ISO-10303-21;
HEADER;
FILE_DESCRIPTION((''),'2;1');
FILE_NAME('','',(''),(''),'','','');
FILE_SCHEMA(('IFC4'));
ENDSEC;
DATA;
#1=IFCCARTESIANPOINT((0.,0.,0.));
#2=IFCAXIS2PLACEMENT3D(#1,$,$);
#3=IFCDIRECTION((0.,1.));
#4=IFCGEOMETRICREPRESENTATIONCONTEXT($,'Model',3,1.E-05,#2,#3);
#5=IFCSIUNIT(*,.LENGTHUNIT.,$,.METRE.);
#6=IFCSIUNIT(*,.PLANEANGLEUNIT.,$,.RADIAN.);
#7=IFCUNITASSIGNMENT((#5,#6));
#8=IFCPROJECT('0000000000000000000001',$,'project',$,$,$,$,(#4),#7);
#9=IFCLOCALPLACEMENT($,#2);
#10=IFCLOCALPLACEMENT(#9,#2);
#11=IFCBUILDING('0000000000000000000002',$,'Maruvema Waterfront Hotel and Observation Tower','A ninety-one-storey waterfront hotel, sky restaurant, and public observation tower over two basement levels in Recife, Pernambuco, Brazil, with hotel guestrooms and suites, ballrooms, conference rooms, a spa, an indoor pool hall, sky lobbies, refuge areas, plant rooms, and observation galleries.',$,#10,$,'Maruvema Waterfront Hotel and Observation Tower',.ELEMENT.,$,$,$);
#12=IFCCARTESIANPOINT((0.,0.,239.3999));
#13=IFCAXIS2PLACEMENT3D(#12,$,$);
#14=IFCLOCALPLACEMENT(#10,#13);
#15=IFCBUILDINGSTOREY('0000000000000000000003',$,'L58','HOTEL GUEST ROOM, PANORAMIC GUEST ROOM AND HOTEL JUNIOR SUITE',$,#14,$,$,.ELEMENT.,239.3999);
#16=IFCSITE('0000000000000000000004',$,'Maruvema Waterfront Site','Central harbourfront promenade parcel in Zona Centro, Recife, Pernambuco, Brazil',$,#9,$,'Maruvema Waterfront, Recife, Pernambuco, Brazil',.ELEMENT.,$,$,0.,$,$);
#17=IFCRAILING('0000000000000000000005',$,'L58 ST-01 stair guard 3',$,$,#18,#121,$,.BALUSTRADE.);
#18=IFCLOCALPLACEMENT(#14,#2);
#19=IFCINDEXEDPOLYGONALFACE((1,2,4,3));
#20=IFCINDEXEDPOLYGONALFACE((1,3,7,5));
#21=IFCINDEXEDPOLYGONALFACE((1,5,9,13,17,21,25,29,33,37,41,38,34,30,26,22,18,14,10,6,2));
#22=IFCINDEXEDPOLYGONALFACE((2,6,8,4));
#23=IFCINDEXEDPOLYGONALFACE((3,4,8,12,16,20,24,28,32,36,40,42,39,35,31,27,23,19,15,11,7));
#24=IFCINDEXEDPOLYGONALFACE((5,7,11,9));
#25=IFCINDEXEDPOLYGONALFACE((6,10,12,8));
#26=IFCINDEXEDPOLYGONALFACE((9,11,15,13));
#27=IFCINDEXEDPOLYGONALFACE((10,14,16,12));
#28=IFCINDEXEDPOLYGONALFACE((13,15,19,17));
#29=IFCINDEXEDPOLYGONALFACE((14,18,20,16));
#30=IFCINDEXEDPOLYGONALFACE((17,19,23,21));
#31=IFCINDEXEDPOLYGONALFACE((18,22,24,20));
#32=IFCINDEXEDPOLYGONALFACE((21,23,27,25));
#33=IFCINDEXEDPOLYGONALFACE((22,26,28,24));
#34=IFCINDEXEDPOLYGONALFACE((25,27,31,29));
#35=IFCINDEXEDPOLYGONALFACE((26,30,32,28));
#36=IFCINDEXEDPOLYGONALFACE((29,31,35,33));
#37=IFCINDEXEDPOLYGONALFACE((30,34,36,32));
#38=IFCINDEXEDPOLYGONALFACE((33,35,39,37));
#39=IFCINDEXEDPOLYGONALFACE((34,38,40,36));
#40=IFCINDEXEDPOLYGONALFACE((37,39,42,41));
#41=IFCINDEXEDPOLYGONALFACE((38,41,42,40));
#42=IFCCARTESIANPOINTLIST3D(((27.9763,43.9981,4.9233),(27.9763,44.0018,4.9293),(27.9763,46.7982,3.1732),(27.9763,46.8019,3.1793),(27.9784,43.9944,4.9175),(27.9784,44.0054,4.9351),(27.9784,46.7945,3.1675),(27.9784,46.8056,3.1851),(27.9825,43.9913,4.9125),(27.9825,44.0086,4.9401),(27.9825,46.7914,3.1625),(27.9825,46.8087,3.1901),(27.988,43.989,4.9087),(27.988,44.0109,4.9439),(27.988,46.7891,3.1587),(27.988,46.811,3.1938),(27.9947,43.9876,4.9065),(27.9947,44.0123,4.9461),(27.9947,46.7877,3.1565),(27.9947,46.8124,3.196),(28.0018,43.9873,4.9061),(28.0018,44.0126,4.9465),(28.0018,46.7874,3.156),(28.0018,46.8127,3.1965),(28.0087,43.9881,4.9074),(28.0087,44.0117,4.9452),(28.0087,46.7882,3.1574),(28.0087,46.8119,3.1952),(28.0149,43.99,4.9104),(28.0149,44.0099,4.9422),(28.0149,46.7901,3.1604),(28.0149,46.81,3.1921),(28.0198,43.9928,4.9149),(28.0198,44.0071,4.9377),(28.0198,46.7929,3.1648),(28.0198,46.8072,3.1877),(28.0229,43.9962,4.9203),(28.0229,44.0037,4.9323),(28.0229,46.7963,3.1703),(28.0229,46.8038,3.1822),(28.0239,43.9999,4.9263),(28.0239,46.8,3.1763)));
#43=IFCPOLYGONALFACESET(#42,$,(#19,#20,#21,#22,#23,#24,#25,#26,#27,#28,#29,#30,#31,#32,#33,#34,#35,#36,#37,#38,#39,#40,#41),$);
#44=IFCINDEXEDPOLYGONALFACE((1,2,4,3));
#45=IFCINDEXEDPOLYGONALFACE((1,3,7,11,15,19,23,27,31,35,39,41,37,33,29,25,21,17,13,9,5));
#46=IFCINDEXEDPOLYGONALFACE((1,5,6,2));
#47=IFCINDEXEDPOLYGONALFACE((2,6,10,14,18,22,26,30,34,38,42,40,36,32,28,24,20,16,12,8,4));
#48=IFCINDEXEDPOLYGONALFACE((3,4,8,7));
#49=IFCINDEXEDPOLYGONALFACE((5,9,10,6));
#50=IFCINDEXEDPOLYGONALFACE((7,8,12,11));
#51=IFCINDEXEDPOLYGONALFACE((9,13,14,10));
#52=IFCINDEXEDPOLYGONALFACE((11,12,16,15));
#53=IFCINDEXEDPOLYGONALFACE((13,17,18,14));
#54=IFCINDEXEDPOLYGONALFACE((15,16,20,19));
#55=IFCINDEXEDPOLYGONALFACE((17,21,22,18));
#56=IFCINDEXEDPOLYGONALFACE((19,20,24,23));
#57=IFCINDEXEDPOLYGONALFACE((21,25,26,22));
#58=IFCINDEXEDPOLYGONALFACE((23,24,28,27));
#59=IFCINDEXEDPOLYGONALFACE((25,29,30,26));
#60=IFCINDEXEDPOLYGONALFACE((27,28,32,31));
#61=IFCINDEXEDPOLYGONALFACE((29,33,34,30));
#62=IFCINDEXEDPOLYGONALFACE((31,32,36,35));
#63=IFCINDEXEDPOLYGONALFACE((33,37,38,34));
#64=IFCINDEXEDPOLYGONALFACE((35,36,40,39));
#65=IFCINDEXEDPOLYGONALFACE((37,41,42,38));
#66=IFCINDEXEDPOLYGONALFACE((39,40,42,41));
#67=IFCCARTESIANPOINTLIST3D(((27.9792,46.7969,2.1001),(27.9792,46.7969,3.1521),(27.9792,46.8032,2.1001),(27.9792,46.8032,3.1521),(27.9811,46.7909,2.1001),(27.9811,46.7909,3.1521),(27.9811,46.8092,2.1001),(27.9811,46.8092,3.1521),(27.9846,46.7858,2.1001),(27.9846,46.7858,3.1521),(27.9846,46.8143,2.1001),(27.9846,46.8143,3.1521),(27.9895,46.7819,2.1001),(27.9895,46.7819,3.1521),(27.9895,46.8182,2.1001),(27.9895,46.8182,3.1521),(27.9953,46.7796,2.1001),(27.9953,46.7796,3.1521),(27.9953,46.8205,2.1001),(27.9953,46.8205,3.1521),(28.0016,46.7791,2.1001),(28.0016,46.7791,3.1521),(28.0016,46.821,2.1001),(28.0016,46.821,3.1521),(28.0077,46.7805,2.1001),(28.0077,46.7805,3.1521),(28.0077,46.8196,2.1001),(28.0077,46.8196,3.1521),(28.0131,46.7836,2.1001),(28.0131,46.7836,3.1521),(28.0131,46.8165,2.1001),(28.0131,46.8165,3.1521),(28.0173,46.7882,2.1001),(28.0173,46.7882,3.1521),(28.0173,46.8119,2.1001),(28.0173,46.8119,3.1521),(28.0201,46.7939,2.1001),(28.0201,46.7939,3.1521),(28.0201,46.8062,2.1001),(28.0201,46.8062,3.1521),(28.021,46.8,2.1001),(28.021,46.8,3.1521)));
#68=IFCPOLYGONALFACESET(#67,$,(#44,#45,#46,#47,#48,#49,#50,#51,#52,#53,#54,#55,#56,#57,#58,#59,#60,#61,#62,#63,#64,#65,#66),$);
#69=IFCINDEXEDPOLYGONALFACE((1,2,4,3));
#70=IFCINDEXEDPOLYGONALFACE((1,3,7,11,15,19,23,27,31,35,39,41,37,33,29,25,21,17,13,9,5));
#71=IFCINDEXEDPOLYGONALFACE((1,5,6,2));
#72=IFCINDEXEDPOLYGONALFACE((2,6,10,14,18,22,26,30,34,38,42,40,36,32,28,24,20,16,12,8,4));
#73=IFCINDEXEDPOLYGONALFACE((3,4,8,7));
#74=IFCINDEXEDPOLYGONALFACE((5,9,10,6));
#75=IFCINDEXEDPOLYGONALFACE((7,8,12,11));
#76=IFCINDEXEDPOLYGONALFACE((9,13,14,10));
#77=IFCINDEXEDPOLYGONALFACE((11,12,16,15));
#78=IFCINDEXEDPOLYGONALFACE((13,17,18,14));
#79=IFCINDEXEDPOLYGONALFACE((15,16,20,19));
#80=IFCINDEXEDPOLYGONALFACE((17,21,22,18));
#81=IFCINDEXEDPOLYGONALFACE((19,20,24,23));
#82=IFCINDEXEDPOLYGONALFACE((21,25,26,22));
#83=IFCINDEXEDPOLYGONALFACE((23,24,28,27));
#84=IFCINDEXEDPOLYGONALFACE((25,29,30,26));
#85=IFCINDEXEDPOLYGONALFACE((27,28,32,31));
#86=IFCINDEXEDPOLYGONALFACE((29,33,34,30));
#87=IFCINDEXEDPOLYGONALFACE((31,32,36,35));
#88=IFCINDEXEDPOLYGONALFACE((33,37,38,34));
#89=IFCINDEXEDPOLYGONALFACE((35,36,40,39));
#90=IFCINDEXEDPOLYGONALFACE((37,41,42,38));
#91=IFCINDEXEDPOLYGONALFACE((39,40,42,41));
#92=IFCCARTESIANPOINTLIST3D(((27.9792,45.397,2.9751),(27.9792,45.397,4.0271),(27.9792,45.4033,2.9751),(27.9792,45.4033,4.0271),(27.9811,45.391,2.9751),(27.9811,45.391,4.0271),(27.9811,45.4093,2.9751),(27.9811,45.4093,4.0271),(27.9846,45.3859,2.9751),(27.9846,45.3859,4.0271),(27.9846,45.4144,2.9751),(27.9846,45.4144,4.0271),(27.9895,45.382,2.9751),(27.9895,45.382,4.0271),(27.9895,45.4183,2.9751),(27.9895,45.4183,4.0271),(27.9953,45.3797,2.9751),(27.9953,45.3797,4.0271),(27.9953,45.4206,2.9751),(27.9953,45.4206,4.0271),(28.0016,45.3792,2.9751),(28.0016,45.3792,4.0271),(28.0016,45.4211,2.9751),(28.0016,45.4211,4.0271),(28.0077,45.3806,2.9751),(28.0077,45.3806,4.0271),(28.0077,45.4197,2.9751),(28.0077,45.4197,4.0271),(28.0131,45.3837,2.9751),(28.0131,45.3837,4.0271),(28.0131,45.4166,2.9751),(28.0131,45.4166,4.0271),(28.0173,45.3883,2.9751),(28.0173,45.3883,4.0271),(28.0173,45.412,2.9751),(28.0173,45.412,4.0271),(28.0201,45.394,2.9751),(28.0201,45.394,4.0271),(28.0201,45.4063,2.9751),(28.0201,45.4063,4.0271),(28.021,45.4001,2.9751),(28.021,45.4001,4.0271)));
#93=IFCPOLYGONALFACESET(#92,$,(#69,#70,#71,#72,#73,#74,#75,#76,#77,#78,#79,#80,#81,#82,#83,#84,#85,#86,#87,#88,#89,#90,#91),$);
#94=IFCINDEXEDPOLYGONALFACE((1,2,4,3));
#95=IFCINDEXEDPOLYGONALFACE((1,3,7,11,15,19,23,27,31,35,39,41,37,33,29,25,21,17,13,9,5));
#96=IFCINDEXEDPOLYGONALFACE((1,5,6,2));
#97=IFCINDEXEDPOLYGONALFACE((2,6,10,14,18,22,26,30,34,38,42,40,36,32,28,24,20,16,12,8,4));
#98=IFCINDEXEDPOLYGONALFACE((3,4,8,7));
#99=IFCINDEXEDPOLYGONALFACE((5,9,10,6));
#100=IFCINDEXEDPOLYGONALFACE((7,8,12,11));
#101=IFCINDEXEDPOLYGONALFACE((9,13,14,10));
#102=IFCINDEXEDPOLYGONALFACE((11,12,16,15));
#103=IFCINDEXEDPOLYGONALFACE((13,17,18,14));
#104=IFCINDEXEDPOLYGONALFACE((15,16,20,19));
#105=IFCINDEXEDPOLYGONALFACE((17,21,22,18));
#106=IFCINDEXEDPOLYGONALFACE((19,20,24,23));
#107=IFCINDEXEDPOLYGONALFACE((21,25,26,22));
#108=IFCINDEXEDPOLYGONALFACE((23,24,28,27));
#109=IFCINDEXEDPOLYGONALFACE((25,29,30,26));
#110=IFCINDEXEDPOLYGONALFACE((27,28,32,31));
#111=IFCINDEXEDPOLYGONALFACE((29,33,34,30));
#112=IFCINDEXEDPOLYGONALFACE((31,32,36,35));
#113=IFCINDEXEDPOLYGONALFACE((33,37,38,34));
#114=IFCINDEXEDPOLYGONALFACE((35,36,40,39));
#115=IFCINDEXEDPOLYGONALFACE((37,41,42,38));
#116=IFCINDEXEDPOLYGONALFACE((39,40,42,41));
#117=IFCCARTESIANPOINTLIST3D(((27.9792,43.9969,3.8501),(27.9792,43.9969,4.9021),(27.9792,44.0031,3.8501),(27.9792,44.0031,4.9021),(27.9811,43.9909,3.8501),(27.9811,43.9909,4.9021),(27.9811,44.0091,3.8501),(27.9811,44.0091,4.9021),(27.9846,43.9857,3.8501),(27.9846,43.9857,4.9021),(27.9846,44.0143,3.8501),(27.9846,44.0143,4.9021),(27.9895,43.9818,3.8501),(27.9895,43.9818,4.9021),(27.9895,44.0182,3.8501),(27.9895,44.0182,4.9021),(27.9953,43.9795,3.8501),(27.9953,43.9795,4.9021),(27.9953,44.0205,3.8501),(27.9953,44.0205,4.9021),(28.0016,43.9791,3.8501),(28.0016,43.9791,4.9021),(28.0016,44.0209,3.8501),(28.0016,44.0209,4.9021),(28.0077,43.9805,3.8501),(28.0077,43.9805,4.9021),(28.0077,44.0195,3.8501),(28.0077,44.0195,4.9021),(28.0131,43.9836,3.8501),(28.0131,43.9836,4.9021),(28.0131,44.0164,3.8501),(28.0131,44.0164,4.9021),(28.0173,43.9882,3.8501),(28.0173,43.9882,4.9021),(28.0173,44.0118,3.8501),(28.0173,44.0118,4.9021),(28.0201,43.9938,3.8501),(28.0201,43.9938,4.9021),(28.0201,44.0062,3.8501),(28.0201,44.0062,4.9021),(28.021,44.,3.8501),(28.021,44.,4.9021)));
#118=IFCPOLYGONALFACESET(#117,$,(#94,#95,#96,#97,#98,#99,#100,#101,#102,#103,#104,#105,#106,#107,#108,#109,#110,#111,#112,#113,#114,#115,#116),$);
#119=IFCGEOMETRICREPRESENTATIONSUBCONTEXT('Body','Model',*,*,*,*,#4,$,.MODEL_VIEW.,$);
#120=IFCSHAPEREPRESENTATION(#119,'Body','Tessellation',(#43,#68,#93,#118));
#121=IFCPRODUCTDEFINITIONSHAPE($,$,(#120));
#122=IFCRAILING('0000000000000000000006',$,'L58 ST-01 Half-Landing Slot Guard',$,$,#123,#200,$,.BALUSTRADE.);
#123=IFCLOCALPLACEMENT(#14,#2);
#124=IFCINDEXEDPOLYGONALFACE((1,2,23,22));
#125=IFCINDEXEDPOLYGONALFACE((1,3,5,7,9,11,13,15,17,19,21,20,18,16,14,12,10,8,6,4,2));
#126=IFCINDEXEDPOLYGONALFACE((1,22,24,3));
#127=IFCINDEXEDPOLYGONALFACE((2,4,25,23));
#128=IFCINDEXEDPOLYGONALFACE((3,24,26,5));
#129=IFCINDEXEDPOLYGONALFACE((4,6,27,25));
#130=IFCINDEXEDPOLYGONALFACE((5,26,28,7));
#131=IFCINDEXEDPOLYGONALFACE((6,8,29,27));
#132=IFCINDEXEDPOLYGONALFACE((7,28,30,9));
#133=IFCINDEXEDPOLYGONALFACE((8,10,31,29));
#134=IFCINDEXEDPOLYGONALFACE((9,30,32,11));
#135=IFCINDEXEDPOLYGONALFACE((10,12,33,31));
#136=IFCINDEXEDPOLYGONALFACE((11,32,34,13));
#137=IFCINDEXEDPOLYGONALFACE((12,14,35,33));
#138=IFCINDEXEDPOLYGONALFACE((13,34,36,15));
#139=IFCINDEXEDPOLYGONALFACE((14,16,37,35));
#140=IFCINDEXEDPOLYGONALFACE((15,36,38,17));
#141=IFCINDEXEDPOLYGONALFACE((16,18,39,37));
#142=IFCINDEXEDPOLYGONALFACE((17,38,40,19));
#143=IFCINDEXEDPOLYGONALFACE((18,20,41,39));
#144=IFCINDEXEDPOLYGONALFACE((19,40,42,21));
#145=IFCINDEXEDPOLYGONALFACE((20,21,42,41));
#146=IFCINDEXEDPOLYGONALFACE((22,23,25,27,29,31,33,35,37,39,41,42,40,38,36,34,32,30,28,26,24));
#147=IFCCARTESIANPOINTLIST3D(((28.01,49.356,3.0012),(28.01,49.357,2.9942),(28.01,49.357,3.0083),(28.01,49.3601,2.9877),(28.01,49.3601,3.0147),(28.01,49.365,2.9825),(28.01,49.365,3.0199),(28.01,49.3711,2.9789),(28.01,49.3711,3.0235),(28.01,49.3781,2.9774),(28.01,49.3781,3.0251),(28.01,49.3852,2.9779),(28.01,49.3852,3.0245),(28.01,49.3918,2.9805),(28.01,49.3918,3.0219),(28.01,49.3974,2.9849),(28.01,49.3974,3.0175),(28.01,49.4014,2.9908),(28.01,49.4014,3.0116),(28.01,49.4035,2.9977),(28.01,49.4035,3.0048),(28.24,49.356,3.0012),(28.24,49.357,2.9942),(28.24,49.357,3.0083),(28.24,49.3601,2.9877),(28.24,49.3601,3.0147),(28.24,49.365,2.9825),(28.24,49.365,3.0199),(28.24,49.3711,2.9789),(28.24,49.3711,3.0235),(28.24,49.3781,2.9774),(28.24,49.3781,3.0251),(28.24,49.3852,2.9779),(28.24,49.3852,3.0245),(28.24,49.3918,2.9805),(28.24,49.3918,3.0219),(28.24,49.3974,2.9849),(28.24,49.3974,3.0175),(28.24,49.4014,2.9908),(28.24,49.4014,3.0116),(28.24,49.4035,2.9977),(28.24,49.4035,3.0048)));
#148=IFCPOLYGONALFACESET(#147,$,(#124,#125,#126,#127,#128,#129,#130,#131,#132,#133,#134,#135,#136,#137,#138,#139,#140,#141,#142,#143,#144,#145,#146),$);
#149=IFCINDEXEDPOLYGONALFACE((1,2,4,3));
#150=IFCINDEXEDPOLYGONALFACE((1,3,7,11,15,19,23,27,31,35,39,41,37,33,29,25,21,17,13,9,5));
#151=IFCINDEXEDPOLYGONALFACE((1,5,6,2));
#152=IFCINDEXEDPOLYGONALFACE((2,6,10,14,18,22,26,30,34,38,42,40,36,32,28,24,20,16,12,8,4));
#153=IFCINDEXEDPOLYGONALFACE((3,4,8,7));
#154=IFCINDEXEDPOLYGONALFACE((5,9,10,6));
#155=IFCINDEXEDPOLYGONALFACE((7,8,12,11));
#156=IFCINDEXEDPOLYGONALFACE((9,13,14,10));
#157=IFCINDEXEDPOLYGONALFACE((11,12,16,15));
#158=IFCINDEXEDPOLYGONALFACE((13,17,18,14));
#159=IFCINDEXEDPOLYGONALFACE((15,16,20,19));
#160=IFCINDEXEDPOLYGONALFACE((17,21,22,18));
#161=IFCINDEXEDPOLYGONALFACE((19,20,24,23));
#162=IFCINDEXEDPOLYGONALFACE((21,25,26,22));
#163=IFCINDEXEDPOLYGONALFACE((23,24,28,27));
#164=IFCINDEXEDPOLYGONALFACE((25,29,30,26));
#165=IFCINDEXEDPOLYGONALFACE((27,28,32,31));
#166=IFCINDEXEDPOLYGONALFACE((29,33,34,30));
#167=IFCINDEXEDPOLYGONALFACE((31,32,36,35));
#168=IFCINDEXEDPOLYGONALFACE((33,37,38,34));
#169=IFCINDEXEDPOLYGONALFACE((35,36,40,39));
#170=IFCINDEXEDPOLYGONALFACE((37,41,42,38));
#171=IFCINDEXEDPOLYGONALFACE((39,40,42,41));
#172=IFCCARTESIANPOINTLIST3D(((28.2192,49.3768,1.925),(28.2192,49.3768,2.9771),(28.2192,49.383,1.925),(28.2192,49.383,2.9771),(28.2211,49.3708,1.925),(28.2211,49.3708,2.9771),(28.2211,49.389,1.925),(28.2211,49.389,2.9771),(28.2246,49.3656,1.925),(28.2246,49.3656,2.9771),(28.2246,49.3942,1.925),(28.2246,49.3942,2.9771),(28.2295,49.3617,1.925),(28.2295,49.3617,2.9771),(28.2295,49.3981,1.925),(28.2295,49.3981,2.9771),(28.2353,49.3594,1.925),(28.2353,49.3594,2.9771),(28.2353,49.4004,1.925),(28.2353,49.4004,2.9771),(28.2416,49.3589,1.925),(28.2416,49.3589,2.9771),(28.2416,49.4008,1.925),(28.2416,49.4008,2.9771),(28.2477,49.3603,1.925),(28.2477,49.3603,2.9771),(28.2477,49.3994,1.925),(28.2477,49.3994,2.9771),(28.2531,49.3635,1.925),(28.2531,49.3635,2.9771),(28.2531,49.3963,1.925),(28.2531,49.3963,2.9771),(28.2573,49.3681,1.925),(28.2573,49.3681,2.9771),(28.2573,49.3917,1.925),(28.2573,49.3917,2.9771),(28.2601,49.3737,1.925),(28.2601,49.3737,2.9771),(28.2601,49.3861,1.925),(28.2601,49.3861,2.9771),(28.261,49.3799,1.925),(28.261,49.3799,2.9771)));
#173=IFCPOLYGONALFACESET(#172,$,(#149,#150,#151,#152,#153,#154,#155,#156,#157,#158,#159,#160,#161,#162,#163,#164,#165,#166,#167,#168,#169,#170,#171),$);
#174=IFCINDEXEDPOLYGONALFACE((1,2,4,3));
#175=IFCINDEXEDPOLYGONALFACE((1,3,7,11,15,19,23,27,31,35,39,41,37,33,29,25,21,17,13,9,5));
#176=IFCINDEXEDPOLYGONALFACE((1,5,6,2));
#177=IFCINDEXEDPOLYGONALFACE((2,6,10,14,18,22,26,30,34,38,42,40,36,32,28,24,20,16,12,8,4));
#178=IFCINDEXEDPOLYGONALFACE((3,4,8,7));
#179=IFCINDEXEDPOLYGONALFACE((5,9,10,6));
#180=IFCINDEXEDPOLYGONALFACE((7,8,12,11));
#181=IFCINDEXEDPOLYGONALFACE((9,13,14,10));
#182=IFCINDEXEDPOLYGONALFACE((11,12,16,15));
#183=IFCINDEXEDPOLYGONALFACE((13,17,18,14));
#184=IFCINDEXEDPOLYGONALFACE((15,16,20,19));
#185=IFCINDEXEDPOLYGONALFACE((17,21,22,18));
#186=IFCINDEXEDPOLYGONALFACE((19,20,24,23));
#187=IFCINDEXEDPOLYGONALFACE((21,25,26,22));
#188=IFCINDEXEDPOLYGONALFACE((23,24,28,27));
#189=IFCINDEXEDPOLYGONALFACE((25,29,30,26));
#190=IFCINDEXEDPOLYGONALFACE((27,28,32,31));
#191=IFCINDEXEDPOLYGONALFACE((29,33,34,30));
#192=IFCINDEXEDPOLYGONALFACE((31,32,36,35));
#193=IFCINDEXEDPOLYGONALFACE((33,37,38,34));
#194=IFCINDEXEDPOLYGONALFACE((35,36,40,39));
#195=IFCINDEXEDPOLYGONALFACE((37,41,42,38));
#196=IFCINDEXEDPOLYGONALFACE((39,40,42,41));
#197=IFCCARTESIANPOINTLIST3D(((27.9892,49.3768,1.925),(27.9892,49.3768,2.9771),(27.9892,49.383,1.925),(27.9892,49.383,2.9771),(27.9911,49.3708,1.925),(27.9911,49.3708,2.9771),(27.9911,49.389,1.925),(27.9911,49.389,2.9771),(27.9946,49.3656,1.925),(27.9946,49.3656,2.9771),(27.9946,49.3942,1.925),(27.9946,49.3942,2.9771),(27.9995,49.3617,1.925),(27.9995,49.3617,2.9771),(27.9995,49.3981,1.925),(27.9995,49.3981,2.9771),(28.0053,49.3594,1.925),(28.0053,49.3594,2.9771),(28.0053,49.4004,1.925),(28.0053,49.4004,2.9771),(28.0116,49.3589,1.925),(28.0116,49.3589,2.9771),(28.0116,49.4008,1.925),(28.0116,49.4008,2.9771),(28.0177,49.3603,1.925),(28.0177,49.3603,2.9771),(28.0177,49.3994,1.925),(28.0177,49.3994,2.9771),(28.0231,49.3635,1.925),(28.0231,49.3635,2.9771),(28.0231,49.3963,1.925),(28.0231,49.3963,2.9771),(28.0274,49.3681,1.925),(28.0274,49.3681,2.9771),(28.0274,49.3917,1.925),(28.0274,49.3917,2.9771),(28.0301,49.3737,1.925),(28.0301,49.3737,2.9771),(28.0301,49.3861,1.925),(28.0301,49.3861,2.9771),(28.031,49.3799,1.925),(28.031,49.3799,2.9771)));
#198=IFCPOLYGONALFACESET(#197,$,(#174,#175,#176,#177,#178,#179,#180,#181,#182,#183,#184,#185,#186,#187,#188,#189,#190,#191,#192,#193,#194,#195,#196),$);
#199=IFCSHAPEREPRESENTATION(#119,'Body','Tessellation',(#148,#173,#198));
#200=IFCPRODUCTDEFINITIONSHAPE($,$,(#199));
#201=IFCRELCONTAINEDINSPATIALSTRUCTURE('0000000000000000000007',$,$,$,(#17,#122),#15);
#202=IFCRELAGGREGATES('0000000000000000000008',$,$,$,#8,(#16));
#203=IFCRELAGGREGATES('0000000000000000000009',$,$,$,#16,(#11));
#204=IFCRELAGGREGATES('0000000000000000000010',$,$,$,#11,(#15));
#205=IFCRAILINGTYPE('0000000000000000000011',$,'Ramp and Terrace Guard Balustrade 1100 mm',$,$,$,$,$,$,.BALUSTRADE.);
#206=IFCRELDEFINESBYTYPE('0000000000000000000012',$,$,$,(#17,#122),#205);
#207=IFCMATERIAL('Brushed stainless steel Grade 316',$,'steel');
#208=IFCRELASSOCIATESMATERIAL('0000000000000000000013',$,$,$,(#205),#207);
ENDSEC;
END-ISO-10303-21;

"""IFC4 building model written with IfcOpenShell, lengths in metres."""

from ifc_helpers import new_model, si_unit, direction, frame, origin, origin_2d, place, context, subcontext, project, spatial, circle, extrude, material, type_object, element, save


model = new_model("IFC4")

# Units and contexts
model_context = context("Model", 3, precision=1e-05, world=origin(), true_north=direction((0.0, 1.0)))
body_context = subcontext(model_context, "Body", "Model", "MODEL_VIEW")
ifc_project = project(units=[si_unit("LENGTHUNIT", "METRE"), si_unit("PLANEANGLEUNIT", "RADIAN")], contexts=[model_context])

# Site, building, storey
site_placement = place(None, origin())
site = spatial("IfcSite", under=ifc_project, at=site_placement, Name="Maruvema Waterfront Site", Description="Central harbourfront promenade parcel in Zona Centro, Recife, Pernambuco, Brazil", LongName="Maruvema Waterfront, Recife, Pernambuco, Brazil", CompositionType="ELEMENT", RefElevation=0.0)
building_placement = place(site_placement, origin())
building = spatial("IfcBuilding", under=site, at=building_placement, Name="Maruvema Waterfront Hotel and Observation Tower", Description="A ninety-one-storey waterfront hotel, sky restaurant, and public observation tower over two basement levels in Recife, Pernambuco, Brazil, with hotel guestrooms and suites, ballrooms, conference rooms, a spa, an indoor pool hall, sky lobbies, refuge areas, plant rooms, and observation galleries.", LongName="Maruvema Waterfront Hotel and Observation Tower", CompositionType="ELEMENT")
storey_placement = place(building_placement, frame((0.0, 0.0, 239.3999)))
storey = spatial("IfcBuildingStorey", under=building, at=storey_placement, Name="L58", Description="HOTEL GUEST ROOM, PANORAMIC GUEST ROOM AND HOTEL JUNIOR SUITE", CompositionType="ELEMENT", Elevation=239.3999)

# Railings
ifc_material_1 = material(Name="Brushed stainless steel Grade 316", Category="steel")
railing_type_1 = type_object("IfcRailingType", Name="Ramp and Terrace Guard Balustrade 1100 mm", PredefinedType="BALUSTRADE", material=ifc_material_1)
railing_1_placement = place(storey_placement, frame((28.0, 46.8, 2.1001)))
element("IfcRailing", 1, at=railing_1_placement, inside=storey, type_object=railing_type_1, Name="L58 ST-01 stair guard 3", PredefinedType="BALUSTRADE", context=body_context, shape_type="SweptSolid", body=[
    extrude(circle(Radius=0.0239, at=origin_2d()), frame((0.0, 0.0, 1.0762), z_axis=(0.0, -0.848002, 0.529992), x_axis=(1.0, 0.0, 0.0)), (0.0, 0.0, 1.0), 3.302),
    extrude(circle(Radius=0.021, at=origin_2d()), origin(), (0.0, 0.0, 1.0), 1.052),
    extrude(circle(Radius=0.021, at=origin_2d()), frame((0.0, -1.3999, 0.875)), (0.0, 0.0, 1.0), 1.052),
    extrude(circle(Radius=0.021, at=origin_2d()), frame((0.0, -2.8, 1.75)), (0.0, 0.0, 1.0), 1.052),
])
railing_2_placement = place(storey_placement, frame((28.24, 49.3799, 1.925)))
element("IfcRailing", 2, at=railing_2_placement, inside=storey, type_object=railing_type_1, Name="L58 ST-01 Half-Landing Slot Guard", PredefinedType="BALUSTRADE", context=body_context, shape_type="SweptSolid", body=[
    extrude(circle(Radius=0.0239, at=origin_2d()), frame((0.0, 0.0, 1.0762), z_axis=(-1.0, 0.0, 0.0), x_axis=(0.0, -1.0, 0.0)), (0.0, 0.0, 1.0), 0.23),
    extrude(circle(Radius=0.021, at=origin_2d()), origin(), (0.0, 0.0, 1.0), 1.052),
    extrude(circle(Radius=0.021, at=origin_2d()), frame((-0.23, 0.0, 0.0)), (0.0, 0.0, 1.0), 1.052),
])

save(model, "model.ifc")
